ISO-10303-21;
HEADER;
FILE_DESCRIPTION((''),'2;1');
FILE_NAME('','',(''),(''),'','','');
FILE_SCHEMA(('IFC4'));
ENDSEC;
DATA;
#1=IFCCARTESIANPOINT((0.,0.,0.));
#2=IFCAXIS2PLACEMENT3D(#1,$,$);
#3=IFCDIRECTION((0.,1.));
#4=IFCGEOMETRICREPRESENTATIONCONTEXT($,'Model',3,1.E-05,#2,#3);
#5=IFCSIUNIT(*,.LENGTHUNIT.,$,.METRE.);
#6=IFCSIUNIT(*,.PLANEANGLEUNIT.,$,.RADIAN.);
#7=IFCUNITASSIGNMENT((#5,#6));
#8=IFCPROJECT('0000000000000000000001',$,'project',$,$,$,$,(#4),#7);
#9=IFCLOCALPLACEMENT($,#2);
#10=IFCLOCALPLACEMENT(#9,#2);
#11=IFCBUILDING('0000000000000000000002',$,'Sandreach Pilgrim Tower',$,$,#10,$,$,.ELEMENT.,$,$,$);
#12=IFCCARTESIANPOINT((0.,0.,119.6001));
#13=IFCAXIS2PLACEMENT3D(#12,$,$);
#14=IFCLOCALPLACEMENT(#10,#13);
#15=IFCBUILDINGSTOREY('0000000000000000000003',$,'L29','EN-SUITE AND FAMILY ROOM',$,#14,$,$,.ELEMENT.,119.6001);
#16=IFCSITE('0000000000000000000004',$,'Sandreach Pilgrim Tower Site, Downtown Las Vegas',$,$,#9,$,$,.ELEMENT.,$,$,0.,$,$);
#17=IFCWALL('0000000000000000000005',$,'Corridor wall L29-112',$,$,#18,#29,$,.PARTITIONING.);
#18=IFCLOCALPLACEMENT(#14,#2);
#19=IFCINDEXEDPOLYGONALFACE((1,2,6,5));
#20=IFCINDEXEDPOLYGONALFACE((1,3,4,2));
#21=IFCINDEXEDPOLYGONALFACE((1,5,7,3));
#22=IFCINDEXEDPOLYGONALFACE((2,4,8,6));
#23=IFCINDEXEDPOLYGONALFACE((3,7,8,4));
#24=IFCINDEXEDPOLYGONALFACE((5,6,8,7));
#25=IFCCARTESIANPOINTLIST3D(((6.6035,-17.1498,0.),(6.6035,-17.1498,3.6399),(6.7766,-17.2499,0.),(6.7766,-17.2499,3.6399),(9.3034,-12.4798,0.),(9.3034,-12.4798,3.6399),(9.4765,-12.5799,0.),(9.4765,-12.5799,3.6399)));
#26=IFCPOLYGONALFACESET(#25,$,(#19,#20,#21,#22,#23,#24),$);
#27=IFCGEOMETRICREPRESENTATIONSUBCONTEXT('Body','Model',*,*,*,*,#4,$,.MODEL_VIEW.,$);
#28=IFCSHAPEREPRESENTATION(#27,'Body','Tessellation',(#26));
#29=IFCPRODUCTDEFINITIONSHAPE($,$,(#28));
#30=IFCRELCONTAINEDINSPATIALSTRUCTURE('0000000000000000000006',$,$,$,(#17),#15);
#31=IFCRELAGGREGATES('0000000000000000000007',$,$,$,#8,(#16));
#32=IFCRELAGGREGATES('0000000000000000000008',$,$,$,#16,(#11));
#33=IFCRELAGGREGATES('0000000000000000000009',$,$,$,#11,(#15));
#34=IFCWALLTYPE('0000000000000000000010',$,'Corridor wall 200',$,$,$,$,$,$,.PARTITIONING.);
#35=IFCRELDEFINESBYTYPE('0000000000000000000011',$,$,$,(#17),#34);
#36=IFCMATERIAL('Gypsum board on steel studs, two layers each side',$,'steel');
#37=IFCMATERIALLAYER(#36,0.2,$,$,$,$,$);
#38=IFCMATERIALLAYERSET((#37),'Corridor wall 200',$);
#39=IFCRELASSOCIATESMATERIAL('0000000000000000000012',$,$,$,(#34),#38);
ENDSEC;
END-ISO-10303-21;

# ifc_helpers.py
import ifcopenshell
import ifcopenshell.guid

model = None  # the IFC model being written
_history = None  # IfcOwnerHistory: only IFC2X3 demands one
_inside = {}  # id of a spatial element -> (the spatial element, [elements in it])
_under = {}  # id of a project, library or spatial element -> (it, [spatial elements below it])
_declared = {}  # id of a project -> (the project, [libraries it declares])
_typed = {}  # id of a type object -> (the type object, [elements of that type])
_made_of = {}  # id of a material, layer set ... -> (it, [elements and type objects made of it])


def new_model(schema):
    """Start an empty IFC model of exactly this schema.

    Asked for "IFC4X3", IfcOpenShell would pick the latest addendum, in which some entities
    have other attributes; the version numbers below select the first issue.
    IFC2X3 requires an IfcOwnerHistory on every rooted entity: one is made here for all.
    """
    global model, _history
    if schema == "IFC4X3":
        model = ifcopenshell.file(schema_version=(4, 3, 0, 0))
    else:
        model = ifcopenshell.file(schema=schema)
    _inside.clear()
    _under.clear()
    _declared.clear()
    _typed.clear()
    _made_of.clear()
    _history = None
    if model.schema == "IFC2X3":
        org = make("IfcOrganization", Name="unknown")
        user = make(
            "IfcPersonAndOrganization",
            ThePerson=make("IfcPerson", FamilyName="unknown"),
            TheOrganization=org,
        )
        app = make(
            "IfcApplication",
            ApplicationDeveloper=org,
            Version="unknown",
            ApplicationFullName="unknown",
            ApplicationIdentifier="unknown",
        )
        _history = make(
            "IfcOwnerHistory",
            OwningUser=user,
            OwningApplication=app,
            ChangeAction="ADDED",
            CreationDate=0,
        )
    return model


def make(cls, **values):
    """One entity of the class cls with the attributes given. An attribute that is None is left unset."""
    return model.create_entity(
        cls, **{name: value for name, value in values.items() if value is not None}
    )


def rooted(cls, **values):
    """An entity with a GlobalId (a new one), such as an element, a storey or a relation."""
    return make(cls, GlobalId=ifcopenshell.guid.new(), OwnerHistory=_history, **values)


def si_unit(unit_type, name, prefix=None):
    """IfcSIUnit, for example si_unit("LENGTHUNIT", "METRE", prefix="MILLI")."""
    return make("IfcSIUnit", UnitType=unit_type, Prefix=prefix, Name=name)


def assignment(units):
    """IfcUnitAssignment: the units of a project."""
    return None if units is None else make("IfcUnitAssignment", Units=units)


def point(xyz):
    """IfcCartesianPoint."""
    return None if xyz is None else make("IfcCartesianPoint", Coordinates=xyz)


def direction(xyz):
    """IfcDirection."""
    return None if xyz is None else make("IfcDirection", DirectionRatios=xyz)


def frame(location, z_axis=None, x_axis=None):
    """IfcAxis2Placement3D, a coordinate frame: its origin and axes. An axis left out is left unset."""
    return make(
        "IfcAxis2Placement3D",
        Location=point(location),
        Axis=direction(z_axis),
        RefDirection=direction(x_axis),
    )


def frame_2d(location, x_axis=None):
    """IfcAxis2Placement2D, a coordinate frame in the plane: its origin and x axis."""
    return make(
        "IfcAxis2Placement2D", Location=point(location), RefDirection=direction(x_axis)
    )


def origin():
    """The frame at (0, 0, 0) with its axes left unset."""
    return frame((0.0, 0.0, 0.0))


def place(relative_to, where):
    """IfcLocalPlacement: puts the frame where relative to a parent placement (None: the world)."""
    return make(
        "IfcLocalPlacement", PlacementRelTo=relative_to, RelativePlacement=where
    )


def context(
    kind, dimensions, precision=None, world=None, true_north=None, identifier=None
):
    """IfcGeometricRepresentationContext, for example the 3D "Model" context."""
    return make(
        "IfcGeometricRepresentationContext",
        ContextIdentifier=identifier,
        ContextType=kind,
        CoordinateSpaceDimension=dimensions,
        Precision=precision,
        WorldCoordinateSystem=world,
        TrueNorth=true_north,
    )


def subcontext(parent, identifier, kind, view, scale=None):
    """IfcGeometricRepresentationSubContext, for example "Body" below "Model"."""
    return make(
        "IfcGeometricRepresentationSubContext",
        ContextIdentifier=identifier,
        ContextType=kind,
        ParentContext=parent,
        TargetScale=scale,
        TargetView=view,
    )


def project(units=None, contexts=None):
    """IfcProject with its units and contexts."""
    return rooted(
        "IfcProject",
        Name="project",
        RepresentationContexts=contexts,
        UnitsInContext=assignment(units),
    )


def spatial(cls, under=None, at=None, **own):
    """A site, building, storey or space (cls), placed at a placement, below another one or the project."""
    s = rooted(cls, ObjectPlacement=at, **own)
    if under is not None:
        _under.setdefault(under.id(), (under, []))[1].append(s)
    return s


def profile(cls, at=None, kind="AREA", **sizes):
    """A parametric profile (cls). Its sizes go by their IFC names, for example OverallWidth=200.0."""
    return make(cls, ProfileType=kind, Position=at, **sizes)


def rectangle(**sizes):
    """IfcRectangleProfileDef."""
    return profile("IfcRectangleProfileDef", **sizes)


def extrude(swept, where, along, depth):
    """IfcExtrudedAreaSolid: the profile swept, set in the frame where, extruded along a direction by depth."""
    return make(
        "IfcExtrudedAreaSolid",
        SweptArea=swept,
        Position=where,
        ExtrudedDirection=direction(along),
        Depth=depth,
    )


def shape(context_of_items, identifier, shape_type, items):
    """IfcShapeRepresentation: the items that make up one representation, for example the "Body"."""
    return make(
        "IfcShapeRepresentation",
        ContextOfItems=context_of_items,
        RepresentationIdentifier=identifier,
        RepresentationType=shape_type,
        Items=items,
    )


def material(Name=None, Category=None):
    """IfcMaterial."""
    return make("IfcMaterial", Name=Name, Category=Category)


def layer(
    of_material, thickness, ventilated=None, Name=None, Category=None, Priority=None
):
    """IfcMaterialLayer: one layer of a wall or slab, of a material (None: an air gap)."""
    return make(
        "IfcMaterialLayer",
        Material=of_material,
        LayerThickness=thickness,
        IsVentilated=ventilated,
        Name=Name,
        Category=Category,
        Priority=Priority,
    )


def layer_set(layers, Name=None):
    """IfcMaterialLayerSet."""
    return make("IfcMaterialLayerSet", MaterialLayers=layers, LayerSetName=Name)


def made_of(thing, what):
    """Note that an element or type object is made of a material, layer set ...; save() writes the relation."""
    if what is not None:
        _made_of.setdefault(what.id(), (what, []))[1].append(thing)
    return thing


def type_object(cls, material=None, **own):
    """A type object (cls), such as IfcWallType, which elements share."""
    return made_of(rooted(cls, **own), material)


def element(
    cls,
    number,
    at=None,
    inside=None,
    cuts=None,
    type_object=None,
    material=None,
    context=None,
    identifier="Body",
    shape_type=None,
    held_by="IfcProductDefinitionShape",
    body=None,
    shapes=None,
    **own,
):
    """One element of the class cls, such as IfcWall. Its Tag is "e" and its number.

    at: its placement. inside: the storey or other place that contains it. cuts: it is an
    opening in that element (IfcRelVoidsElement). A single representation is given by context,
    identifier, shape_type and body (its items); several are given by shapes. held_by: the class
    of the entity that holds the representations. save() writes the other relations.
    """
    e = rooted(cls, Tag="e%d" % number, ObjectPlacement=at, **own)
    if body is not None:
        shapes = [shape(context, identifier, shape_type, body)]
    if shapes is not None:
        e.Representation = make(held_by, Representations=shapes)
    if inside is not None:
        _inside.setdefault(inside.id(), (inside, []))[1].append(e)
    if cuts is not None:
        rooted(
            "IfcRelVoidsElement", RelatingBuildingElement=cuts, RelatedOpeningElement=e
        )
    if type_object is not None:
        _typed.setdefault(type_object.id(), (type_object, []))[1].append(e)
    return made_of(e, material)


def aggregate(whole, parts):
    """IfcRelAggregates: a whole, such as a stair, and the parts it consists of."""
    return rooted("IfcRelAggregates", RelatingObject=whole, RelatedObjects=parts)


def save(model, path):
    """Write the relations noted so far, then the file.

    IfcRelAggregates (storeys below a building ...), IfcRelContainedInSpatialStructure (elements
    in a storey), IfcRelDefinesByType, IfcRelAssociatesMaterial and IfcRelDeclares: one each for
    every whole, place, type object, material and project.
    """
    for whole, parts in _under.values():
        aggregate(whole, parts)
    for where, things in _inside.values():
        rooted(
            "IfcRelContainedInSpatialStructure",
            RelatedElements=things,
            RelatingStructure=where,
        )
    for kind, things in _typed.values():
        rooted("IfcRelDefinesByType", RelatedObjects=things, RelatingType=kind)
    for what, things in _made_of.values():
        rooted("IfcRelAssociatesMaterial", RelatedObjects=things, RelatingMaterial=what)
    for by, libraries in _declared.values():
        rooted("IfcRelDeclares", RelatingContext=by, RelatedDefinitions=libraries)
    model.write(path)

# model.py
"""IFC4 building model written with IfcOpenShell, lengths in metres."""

from ifc_helpers import new_model, si_unit, direction, frame, frame_2d, origin, place, context, subcontext, project, spatial, rectangle, extrude, material, layer, layer_set, type_object, element, save


model = new_model("IFC4")

# Units and contexts
model_context = context("Model", 3, precision=1e-05, world=origin(), true_north=direction((0.0, 1.0)))
body_context = subcontext(model_context, "Body", "Model", "MODEL_VIEW")
ifc_project = project(units=[si_unit("LENGTHUNIT", "METRE"), si_unit("PLANEANGLEUNIT", "RADIAN")], contexts=[model_context])

# Site, building, storey
site_placement = place(None, origin())
site = spatial("IfcSite", under=ifc_project, at=site_placement, Name="Sandreach Pilgrim Tower Site, Downtown Las Vegas", CompositionType="ELEMENT", RefElevation=0.0)
building_placement = place(site_placement, origin())
building = spatial("IfcBuilding", under=site, at=building_placement, Name="Sandreach Pilgrim Tower", CompositionType="ELEMENT")
storey_placement = place(building_placement, frame((0.0, 0.0, 119.6001)))
storey = spatial("IfcBuildingStorey", under=building, at=storey_placement, Name="L29", Description="EN-SUITE AND FAMILY ROOM", CompositionType="ELEMENT", Elevation=119.6001)

# Shared definitions
ifc_material_1 = material(Name="Gypsum board on steel studs, two layers each side", Category="steel")
ifc_layer_1 = layer(ifc_material_1, 0.2)
ifc_layer_set_1 = layer_set([ifc_layer_1], Name="Corridor wall 200")
wall_type_1 = type_object("IfcWallType", Name="Corridor wall 200", PredefinedType="PARTITIONING", material=ifc_layer_set_1)

# Wall
wall_1_placement = place(storey_placement, frame((6.6899, -17.2, 0.0), z_axis=(0.0, 0.0, 1.0), x_axis=(0.500524, 0.865723, 0.0)))
element("IfcWall", 1, at=wall_1_placement, inside=storey, type_object=wall_type_1, Name="Corridor wall L29-112", PredefinedType="PARTITIONING", context=body_context, shape_type="SweptSolid", body=[
    extrude(rectangle(XDim=5.3943, YDim=0.2, at=frame_2d((2.6973, 0.0))), origin(), (0.0, 0.0, 1.0), 3.6399),
])

save(model, "model.ifc")
